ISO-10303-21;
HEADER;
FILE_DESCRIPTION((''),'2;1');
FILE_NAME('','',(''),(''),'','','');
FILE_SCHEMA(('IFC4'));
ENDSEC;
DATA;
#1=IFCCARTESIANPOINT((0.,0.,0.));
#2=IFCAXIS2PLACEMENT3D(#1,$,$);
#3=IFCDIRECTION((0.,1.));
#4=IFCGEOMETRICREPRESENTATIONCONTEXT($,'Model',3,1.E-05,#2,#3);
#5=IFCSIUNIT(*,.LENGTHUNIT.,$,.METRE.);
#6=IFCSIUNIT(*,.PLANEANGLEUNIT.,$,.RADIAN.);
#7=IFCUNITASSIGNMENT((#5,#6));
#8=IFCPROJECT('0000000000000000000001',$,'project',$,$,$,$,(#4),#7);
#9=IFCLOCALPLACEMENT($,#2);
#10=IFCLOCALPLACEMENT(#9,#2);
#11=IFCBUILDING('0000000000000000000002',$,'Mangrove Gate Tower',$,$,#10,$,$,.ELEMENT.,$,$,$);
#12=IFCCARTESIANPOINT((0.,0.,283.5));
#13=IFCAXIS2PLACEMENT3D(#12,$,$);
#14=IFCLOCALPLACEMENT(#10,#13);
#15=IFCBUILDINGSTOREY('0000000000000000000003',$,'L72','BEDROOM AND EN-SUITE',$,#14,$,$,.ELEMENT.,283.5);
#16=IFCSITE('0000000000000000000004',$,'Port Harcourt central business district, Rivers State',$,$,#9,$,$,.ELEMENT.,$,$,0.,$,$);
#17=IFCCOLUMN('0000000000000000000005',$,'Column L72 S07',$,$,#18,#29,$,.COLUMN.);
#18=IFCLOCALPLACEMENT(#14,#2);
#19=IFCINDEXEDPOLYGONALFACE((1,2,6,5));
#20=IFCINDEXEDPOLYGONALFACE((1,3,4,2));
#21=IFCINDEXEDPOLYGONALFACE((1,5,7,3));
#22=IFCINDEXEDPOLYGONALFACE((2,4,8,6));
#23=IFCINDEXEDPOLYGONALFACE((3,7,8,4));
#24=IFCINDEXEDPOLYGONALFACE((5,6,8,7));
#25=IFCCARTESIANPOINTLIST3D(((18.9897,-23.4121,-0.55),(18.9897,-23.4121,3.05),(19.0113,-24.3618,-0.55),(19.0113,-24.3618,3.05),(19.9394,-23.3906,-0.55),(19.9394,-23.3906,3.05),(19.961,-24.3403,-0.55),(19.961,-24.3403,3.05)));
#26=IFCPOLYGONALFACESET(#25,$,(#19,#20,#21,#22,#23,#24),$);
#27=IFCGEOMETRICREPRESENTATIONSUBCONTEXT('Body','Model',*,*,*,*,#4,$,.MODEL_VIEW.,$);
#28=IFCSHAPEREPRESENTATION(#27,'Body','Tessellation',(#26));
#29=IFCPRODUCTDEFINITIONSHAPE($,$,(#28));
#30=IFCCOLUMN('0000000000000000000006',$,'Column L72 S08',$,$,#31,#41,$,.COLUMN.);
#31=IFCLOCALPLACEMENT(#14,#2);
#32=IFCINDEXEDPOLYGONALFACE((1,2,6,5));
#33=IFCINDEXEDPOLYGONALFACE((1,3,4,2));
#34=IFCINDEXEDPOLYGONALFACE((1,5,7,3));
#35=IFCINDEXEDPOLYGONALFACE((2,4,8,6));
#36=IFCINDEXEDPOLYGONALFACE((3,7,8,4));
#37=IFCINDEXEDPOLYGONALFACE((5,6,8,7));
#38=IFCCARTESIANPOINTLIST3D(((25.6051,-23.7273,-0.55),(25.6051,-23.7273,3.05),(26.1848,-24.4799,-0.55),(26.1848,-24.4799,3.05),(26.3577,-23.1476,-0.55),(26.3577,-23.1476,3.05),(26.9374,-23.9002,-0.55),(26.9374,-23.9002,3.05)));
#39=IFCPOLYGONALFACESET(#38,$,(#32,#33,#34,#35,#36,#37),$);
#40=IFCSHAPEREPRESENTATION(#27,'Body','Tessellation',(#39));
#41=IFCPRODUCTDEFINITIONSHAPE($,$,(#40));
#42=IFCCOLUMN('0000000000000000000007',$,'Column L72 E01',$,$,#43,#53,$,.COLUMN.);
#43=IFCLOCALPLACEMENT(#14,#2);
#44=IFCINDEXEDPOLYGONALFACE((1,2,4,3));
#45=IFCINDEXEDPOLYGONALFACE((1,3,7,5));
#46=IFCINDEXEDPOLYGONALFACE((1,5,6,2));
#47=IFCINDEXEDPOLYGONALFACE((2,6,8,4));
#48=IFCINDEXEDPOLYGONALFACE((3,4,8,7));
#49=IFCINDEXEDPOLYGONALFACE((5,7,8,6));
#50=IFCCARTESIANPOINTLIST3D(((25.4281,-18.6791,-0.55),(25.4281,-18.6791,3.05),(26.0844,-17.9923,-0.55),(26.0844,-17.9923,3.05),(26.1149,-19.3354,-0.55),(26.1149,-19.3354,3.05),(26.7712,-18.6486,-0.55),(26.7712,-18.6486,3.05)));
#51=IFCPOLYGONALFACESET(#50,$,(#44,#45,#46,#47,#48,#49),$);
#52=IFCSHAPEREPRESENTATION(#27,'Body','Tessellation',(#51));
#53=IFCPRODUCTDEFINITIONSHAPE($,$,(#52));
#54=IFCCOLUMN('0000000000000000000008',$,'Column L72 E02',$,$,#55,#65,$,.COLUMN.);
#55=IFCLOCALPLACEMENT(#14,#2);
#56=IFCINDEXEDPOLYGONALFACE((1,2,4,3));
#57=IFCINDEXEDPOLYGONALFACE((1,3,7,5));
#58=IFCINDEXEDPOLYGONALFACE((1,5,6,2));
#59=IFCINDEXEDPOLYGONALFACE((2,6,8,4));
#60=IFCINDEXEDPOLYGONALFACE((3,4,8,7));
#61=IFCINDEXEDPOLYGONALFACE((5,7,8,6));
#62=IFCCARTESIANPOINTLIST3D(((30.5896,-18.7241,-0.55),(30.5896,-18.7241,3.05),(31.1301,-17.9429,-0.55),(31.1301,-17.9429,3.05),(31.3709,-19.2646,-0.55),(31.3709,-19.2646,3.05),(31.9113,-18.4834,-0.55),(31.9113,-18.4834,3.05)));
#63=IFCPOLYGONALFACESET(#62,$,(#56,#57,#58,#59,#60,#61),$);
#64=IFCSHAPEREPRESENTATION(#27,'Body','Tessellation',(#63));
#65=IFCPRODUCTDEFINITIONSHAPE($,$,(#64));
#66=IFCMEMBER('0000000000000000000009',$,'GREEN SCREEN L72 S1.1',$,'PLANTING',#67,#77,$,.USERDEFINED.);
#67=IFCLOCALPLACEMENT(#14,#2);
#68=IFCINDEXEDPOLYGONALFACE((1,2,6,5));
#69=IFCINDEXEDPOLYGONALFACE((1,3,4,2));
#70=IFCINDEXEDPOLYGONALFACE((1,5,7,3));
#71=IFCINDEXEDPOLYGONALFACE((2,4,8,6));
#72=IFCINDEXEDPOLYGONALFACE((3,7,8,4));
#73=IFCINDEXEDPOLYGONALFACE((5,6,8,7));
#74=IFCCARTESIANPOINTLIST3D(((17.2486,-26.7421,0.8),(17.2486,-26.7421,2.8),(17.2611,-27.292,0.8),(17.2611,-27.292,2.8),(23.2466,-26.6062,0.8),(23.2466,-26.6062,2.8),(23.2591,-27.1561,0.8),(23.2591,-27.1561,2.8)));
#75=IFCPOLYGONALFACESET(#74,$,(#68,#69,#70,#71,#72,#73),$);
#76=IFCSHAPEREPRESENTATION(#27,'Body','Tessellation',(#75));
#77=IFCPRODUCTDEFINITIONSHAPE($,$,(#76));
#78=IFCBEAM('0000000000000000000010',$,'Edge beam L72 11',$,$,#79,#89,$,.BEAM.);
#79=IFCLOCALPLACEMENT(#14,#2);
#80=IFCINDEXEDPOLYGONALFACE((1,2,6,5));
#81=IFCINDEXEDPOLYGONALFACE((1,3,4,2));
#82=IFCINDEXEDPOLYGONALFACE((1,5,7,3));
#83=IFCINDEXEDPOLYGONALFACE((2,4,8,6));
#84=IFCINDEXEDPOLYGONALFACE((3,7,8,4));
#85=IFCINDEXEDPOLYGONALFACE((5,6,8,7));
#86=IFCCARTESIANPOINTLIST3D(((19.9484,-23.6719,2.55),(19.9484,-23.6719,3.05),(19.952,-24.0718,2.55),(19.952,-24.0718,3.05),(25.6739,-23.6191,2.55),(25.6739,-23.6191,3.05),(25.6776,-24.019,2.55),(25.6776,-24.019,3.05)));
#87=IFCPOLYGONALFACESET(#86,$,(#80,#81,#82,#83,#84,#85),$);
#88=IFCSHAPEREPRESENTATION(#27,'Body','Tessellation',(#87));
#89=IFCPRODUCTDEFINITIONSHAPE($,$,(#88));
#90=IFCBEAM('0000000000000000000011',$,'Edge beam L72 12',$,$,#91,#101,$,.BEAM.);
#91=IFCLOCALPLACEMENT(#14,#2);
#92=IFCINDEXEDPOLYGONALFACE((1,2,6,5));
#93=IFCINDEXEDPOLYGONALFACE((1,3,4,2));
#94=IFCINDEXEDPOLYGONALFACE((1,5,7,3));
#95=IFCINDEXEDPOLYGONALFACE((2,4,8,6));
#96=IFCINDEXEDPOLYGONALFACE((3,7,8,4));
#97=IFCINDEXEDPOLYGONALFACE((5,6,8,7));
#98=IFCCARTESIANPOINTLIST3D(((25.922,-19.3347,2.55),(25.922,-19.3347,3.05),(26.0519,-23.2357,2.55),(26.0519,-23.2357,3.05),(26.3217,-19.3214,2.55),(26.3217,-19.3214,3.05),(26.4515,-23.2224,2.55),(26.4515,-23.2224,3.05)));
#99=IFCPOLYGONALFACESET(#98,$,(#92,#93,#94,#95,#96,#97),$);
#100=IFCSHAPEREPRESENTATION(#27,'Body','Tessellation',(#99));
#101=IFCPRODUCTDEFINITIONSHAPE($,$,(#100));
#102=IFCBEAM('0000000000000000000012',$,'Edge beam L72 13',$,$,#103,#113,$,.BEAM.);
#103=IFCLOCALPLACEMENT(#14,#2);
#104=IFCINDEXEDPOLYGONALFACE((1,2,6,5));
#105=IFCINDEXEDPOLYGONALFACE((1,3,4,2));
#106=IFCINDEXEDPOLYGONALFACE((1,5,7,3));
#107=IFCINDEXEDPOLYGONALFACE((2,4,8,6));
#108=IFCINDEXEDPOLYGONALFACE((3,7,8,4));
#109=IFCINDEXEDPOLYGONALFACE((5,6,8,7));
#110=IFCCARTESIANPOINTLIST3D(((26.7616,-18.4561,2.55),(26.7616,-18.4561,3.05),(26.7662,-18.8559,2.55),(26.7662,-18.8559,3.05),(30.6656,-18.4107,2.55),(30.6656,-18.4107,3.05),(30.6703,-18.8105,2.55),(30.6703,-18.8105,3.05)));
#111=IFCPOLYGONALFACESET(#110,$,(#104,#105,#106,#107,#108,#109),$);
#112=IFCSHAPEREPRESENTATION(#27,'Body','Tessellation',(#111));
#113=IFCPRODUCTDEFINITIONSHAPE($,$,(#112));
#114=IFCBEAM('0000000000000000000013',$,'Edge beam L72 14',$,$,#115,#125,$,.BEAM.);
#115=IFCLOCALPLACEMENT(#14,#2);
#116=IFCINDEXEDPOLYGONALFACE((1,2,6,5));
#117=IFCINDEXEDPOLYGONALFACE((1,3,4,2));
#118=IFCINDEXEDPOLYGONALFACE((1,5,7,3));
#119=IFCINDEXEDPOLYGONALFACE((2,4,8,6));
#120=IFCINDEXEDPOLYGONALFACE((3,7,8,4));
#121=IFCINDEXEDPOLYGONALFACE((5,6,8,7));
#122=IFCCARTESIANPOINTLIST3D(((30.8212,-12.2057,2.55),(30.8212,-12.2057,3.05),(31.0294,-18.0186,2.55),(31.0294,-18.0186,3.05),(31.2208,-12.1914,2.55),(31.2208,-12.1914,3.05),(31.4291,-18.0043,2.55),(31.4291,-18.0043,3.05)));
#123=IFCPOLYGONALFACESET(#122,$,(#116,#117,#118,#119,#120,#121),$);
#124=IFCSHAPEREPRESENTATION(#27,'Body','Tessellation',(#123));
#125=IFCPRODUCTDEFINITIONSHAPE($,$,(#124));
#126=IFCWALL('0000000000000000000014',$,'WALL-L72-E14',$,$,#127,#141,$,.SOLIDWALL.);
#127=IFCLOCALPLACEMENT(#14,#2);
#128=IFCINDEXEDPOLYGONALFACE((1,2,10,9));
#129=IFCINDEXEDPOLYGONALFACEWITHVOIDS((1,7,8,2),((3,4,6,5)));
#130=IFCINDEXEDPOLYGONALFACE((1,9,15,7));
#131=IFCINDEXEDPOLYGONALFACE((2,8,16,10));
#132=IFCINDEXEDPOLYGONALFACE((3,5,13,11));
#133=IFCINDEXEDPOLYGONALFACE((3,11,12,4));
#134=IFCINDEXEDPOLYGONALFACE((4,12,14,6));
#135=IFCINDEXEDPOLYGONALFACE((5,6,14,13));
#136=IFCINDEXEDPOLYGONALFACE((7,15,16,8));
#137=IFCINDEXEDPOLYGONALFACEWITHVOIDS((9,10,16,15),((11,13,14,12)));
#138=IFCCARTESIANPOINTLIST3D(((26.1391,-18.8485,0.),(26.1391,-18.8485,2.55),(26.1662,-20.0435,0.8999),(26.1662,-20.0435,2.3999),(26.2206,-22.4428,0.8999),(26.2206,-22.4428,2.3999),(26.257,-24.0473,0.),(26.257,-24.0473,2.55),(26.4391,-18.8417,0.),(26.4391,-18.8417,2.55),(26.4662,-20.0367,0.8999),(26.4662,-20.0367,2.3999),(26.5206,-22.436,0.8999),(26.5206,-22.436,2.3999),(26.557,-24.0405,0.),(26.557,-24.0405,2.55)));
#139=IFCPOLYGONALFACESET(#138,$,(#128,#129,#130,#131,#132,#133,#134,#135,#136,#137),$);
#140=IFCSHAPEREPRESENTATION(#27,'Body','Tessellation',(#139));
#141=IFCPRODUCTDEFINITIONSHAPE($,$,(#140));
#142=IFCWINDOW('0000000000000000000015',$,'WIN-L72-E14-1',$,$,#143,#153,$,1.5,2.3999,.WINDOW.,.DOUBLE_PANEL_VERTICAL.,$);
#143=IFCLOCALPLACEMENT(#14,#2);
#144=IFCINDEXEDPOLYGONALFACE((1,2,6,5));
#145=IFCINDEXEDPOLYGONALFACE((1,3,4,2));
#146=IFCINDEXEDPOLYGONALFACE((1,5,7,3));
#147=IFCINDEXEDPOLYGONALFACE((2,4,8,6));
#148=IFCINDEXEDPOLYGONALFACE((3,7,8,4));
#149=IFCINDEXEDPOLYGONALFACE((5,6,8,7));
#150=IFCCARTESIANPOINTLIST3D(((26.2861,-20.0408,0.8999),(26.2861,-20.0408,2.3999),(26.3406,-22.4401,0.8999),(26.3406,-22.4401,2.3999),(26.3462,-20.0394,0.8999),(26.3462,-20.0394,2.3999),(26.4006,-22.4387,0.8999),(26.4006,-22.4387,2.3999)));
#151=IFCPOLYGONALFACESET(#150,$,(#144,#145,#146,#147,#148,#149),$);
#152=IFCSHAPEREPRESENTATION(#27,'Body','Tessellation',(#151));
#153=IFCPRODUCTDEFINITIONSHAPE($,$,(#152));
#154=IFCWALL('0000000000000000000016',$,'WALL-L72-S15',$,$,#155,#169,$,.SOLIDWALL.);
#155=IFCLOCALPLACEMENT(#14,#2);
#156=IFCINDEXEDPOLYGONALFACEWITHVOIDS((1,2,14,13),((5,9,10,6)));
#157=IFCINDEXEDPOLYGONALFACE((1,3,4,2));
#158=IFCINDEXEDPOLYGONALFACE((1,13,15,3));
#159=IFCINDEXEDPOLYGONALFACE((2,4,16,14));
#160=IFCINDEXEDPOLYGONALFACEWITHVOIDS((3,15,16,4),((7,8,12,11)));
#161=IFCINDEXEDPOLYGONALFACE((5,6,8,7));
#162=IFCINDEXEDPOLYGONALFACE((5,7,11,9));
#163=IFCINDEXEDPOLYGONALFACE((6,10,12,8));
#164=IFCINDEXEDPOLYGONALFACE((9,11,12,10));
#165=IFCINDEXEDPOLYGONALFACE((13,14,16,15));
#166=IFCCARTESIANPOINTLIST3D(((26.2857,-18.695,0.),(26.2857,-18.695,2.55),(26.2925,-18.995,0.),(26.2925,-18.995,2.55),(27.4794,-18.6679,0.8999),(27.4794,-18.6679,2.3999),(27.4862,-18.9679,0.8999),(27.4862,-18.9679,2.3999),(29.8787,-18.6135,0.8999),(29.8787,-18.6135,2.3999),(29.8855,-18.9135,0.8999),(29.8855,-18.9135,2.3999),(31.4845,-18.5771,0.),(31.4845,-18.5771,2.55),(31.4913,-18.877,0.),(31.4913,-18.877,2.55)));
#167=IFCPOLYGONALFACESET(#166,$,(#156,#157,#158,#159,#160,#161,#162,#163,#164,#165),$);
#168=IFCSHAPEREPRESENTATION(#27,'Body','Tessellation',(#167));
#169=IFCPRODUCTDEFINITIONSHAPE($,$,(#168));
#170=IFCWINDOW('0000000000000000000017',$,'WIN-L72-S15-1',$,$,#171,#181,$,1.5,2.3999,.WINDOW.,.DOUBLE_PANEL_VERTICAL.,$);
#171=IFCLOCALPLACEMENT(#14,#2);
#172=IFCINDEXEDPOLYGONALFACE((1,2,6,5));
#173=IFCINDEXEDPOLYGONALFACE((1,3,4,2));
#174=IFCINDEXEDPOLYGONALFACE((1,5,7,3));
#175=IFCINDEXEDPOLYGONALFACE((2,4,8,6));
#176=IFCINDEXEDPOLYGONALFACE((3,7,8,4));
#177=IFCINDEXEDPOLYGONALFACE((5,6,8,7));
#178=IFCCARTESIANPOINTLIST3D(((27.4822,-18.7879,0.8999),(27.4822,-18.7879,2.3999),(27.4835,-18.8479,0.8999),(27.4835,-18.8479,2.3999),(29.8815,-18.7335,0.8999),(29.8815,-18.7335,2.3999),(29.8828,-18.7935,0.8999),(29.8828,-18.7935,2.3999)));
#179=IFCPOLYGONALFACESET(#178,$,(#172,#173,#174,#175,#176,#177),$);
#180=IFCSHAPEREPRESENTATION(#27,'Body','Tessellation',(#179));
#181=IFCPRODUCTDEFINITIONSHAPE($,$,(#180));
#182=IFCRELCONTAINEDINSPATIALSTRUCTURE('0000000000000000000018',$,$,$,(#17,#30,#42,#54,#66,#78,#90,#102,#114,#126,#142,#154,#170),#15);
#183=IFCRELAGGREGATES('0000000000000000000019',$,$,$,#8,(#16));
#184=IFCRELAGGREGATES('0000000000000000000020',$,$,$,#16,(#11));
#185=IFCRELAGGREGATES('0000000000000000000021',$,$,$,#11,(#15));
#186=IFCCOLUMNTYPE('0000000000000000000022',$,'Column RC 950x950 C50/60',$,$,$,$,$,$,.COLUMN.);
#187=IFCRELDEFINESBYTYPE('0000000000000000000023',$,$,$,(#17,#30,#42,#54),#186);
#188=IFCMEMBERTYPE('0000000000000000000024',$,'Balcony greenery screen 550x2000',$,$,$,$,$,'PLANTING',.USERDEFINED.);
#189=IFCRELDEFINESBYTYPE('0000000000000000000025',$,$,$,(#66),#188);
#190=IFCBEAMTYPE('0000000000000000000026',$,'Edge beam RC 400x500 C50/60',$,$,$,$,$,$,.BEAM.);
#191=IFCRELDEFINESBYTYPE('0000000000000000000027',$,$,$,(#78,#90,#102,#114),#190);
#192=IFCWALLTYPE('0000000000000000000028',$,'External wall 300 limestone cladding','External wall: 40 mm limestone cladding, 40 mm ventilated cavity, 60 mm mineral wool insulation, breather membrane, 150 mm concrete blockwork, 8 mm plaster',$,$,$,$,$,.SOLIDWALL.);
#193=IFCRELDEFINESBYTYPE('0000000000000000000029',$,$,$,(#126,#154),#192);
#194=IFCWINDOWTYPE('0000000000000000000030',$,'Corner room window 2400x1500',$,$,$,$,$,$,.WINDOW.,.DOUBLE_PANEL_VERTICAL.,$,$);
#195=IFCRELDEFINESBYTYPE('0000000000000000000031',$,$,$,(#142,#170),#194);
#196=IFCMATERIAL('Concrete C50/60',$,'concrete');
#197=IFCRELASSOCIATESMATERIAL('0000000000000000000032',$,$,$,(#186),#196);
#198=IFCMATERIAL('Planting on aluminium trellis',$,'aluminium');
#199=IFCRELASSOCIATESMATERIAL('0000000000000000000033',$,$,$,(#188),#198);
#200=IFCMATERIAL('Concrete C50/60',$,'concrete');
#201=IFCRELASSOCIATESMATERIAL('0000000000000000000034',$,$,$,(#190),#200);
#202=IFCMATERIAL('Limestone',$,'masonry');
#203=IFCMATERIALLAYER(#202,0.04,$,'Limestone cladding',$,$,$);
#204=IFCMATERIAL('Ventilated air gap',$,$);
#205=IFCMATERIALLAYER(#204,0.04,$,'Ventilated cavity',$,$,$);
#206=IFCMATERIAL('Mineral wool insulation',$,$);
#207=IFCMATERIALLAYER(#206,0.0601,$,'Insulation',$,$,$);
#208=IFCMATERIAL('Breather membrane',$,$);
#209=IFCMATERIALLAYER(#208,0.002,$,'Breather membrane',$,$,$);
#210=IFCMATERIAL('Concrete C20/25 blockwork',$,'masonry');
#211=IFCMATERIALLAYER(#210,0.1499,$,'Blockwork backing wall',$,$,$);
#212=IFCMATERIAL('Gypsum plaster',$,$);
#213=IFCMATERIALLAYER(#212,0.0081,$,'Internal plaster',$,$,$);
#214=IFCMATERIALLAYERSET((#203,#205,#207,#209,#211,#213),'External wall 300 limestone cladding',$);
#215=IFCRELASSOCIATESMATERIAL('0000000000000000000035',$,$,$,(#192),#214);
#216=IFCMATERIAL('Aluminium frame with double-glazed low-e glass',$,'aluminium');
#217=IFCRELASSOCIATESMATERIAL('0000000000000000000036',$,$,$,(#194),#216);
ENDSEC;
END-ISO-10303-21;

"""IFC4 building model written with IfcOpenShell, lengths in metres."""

from ifc_helpers import new_model, si_unit, direction, frame, frame_2d, origin, origin_2d, place, context, subcontext, project, spatial, rectangle, extrude, material, layer, layer_set, material_profile, profile_set, type_object, element, fill, save


model = new_model("IFC4")

# Units and contexts
model_context = context("Model", 3, precision=1e-05, world=origin(), true_north=direction((0.0, 1.0)))
body_context = subcontext(model_context, "Body", "Model", "MODEL_VIEW")
ifc_project = project(units=[si_unit("LENGTHUNIT", "METRE"), si_unit("PLANEANGLEUNIT", "RADIAN")], contexts=[model_context])

# Site, building, storey
site_placement = place(None, origin())
site = spatial("IfcSite", under=ifc_project, at=site_placement, Name="Port Harcourt central business district, Rivers State", CompositionType="ELEMENT", RefElevation=0.0)
building_placement = place(site_placement, origin())
building = spatial("IfcBuilding", under=site, at=building_placement, Name="Mangrove Gate Tower", CompositionType="ELEMENT")
storey_placement = place(building_placement, frame((0.0, 0.0, 283.5)))
storey = spatial("IfcBuildingStorey", under=building, at=storey_placement, Name="L72", Description="BEDROOM AND EN-SUITE", CompositionType="ELEMENT", Elevation=283.5)

# Columns
ifc_material_1 = material(Name="Concrete C50/60", Category="concrete")
ifc_material_profile_1 = material_profile(ifc_material_1, rectangle(XDim=0.95, YDim=0.95, at=origin_2d()))
ifc_profile_set_1 = profile_set([ifc_material_profile_1], Name="Concrete C50/60")
column_type = type_object("IfcColumnType", Name="Column RC 950x950 C50/60", PredefinedType="COLUMN", material=ifc_profile_set_1)
for number, where, z_axis, x_axis, name in (
    (1, (19.4753, -23.8762, -0.55), (0.0, 0.0, 1.0), (0.999743, 0.02268, 0.0), "Column L72 S07"),
    (2, (26.2712, -23.8137, -0.55), (0.0, 0.0, 1.0), (0.792213, 0.610244, 0.0), "Column L72 S08"),
    (3, (26.0996, -18.6638, -0.55), (0.0, 0.0, 1.0), (0.690877, 0.722973, 0.0), "Column L72 E01"),
    (4, (31.2505, -18.6038, -0.55), (0.0, 0.0, 1.0), (0.568957, 0.822367, 0.0), "Column L72 E02"),
):
    element("IfcColumn", number, at=place(storey_placement, frame(where, z_axis=z_axis, x_axis=x_axis)), inside=storey, type_object=column_type, Name=name, PredefinedType="COLUMN", context=body_context, shape_type="SweptSolid", body=[
        extrude(rectangle(XDim=0.95, YDim=0.95, at=origin_2d()), origin(), (0.0, 0.0, 1.0), 3.6001),
    ])

# Member
ifc_material_2 = material(Name="Planting on aluminium trellis", Category="aluminium")
ifc_material_profile_2 = material_profile(ifc_material_2, rectangle(XDim=0.55, YDim=2.0, at=origin_2d()))
ifc_profile_set_2 = profile_set([ifc_material_profile_2], Name="Planting on aluminium trellis")
member_type = type_object("IfcMemberType", Name="Balcony greenery screen 550x2000", ElementType="PLANTING", PredefinedType="USERDEFINED", material=ifc_profile_set_2)
member_placement = place(storey_placement, frame((17.2549, -27.0171, 1.8), z_axis=(0.999743, 0.022666, 0.0), x_axis=(-0.022666, 0.999743, 0.0)))
element("IfcMember", 5, at=member_placement, inside=storey, type_object=member_type, Name="GREEN SCREEN L72 S1.1", ObjectType="PLANTING", PredefinedType="USERDEFINED", context=body_context, shape_type="SweptSolid", body=[
    extrude(rectangle(XDim=0.55, YDim=2.0, at=origin_2d()), origin(), (0.0, 0.0, 1.0), 5.9995),
])

# Beams
ifc_material_3 = material(Name="Concrete C50/60", Category="concrete")
ifc_material_profile_3 = material_profile(ifc_material_3, rectangle(XDim=0.3999, YDim=0.5, at=origin_2d()))
ifc_profile_set_3 = profile_set([ifc_material_profile_3], Name="Concrete C50/60")
beam_type = type_object("IfcBeamType", Name="Edge beam RC 400x500 C50/60", PredefinedType="BEAM", material=ifc_profile_set_3)
beam_1_placement = place(storey_placement, frame((19.9502, -23.8718, 2.8), z_axis=(0.999958, 0.00921, 0.0), x_axis=(-0.00921, 0.999958, 0.0)))
element("IfcBeam", 6, at=beam_1_placement, inside=storey, type_object=beam_type, Name="Edge beam L72 11", PredefinedType="BEAM", context=body_context, shape_type="SweptSolid", body=[
    extrude(rectangle(XDim=0.3999, YDim=0.5, at=origin_2d()), origin(), (0.0, 0.0, 1.0), 5.7258),
])
beam_2_placement = place(storey_placement, frame((26.2517, -23.229, 2.8), z_axis=(-0.033277, 0.999446, 0.0), x_axis=(-0.999446, -0.033277, 0.0)))
element("IfcBeam", 7, at=beam_2_placement, inside=storey, type_object=beam_type, Name="Edge beam L72 12", PredefinedType="BEAM", context=body_context, shape_type="SweptSolid", body=[
    extrude(rectangle(XDim=0.3999, YDim=0.5, at=origin_2d()), origin(), (0.0, 0.0, 1.0), 3.9031),
])
beam_3_placement = place(storey_placement, frame((26.7639, -18.656, 2.8), z_axis=(0.999932, 0.011631, 0.0), x_axis=(-0.011631, 0.999932, 0.0)))
element("IfcBeam", 8, at=beam_3_placement, inside=storey, type_object=beam_type, Name="Edge beam L72 13", PredefinedType="BEAM", context=body_context, shape_type="SweptSolid", body=[
    extrude(rectangle(XDim=0.3999, YDim=0.5, at=origin_2d()), origin(), (0.0, 0.0, 1.0), 3.9043),
])
beam_4_placement = place(storey_placement, frame((31.2292, -18.0115, 2.8), z_axis=(-0.035802, 0.999359, 0.0), x_axis=(-0.999359, -0.035802, 0.0)))
element("IfcBeam", 9, at=beam_4_placement, inside=storey, type_object=beam_type, Name="Edge beam L72 14", PredefinedType="BEAM", context=body_context, shape_type="SweptSolid", body=[
    extrude(rectangle(XDim=0.3999, YDim=0.5, at=origin_2d()), origin(), (0.0, 0.0, 1.0), 5.8167),
])

# Shared definitions
ifc_material_4 = material(Name="Limestone", Category="masonry")
ifc_layer_1 = layer(ifc_material_4, 0.04, Name="Limestone cladding")
ifc_material_5 = material(Name="Ventilated air gap")
ifc_layer_2 = layer(ifc_material_5, 0.04, Name="Ventilated cavity")
ifc_material_6 = material(Name="Mineral wool insulation")
ifc_layer_3 = layer(ifc_material_6, 0.0601, Name="Insulation")
ifc_material_7 = material(Name="Breather membrane")
ifc_layer_4 = layer(ifc_material_7, 0.002, Name="Breather membrane")
ifc_material_8 = material(Name="Concrete C20/25 blockwork", Category="masonry")
ifc_layer_5 = layer(ifc_material_8, 0.1499, Name="Blockwork backing wall")
ifc_material_9 = material(Name="Gypsum plaster")
ifc_layer_6 = layer(ifc_material_9, 0.0081, Name="Internal plaster")
ifc_layer_set_1 = layer_set([ifc_layer_1, ifc_layer_2, ifc_layer_3, ifc_layer_4, ifc_layer_5, ifc_layer_6], Name="External wall 300 limestone cladding")
wall_type_1 = type_object("IfcWallType", Name="External wall 300 limestone cladding", Description="External wall: 40 mm limestone cladding, 40 mm ventilated cavity, 60 mm mineral wool insulation, breather membrane, 150 mm concrete blockwork, 8 mm plaster", PredefinedType="SOLIDWALL", material=ifc_layer_set_1)
ifc_material_10 = material(Name="Aluminium frame with double-glazed low-e glass", Category="aluminium")
window_type = type_object("IfcWindowType", Name="Corner room window 2400x1500", PartitioningType="DOUBLE_PANEL_VERTICAL", PredefinedType="WINDOW", material=ifc_material_10)

# Walls, openings, windows
wall_1_placement = place(storey_placement, frame((26.407, -24.0439, 0.0), z_axis=(0.0, 0.0, 1.0), x_axis=(-0.022676, 0.999743, 0.0)))
wall_1 = element("IfcWall", 10, at=wall_1_placement, inside=storey, type_object=wall_type_1, Name="WALL-L72-E14", PredefinedType="SOLIDWALL", context=body_context, shape_type="SweptSolid", body=[
    extrude(rectangle(XDim=5.2002, YDim=0.3, at=frame_2d((2.6001, 0.0))), origin(), (0.0, 0.0, 1.0), 2.55),
])
opening_1_placement = place(wall_1_placement, frame((1.605, 0.0, 0.8999)))
opening_1 = element("IfcOpeningElement", 11, at=opening_1_placement, cuts=wall_1, PredefinedType="OPENING", context=body_context, shape_type="SweptSolid", body=[
    extrude(rectangle(XDim=2.3999, YDim=1.5, at=frame_2d((1.2, 0.75))), frame((0.0, 0.1599, 0.0), z_axis=(0.0, -1.0, 0.0), x_axis=(1.0, 0.0, 0.0)), (0.0, 0.0, 1.0), 0.3201),
])
window_1_placement = place(opening_1_placement, origin())
window_1 = element("IfcWindow", 12, at=window_1_placement, inside=storey, type_object=window_type, Name="WIN-L72-E14-1", OverallHeight=1.5, OverallWidth=2.3999, PartitioningType="DOUBLE_PANEL_VERTICAL", PredefinedType="WINDOW", context=body_context, shape_type="SweptSolid", body=[
    extrude(rectangle(XDim=2.3999, YDim=1.5, at=frame_2d((1.2, 0.75))), frame((0.0, 0.03, 0.0), z_axis=(0.0, -1.0, 0.0), x_axis=(1.0, 0.0, 0.0)), (0.0, 0.0, 1.0), 0.0601),
])
fill(opening_1, window_1)
wall_2_placement = place(storey_placement, frame((26.2891, -18.845, 0.0), z_axis=(0.0, 0.0, 1.0), x_axis=(0.999743, 0.022676, 0.0)))
wall_2 = element("IfcWall", 13, at=wall_2_placement, inside=storey, type_object=wall_type_1, Name="WALL-L72-S15", PredefinedType="SOLIDWALL", context=body_context, shape_type="SweptSolid", body=[
    extrude(rectangle(XDim=5.2002, YDim=0.3, at=frame_2d((2.6001, 0.0))), origin(), (0.0, 0.0, 1.0), 2.55),
])
opening_2_placement = place(wall_2_placement, frame((1.1941, 0.0, 0.8999)))
opening_2 = element("IfcOpeningElement", 14, at=opening_2_placement, cuts=wall_2, PredefinedType="OPENING", context=body_context, shape_type="SweptSolid", body=[
    extrude(rectangle(XDim=2.3999, YDim=1.5, at=frame_2d((1.2, 0.75))), frame((0.0, 0.1599, 0.0), z_axis=(0.0, -1.0, 0.0), x_axis=(1.0, 0.0, 0.0)), (0.0, 0.0, 1.0), 0.3201),
])
window_2_placement = place(opening_2_placement, origin())
window_2 = element("IfcWindow", 15, at=window_2_placement, inside=storey, type_object=window_type, Name="WIN-L72-S15-1", OverallHeight=1.5, OverallWidth=2.3999, PartitioningType="DOUBLE_PANEL_VERTICAL", PredefinedType="WINDOW", context=body_context, shape_type="SweptSolid", body=[
    extrude(rectangle(XDim=2.3999, YDim=1.5, at=frame_2d((1.2, 0.75))), frame((0.0, 0.03, 0.0), z_axis=(0.0, -1.0, 0.0), x_axis=(1.0, 0.0, 0.0)), (0.0, 0.0, 1.0), 0.0601),
])
fill(opening_2, window_2)

save(model, "model.ifc")
